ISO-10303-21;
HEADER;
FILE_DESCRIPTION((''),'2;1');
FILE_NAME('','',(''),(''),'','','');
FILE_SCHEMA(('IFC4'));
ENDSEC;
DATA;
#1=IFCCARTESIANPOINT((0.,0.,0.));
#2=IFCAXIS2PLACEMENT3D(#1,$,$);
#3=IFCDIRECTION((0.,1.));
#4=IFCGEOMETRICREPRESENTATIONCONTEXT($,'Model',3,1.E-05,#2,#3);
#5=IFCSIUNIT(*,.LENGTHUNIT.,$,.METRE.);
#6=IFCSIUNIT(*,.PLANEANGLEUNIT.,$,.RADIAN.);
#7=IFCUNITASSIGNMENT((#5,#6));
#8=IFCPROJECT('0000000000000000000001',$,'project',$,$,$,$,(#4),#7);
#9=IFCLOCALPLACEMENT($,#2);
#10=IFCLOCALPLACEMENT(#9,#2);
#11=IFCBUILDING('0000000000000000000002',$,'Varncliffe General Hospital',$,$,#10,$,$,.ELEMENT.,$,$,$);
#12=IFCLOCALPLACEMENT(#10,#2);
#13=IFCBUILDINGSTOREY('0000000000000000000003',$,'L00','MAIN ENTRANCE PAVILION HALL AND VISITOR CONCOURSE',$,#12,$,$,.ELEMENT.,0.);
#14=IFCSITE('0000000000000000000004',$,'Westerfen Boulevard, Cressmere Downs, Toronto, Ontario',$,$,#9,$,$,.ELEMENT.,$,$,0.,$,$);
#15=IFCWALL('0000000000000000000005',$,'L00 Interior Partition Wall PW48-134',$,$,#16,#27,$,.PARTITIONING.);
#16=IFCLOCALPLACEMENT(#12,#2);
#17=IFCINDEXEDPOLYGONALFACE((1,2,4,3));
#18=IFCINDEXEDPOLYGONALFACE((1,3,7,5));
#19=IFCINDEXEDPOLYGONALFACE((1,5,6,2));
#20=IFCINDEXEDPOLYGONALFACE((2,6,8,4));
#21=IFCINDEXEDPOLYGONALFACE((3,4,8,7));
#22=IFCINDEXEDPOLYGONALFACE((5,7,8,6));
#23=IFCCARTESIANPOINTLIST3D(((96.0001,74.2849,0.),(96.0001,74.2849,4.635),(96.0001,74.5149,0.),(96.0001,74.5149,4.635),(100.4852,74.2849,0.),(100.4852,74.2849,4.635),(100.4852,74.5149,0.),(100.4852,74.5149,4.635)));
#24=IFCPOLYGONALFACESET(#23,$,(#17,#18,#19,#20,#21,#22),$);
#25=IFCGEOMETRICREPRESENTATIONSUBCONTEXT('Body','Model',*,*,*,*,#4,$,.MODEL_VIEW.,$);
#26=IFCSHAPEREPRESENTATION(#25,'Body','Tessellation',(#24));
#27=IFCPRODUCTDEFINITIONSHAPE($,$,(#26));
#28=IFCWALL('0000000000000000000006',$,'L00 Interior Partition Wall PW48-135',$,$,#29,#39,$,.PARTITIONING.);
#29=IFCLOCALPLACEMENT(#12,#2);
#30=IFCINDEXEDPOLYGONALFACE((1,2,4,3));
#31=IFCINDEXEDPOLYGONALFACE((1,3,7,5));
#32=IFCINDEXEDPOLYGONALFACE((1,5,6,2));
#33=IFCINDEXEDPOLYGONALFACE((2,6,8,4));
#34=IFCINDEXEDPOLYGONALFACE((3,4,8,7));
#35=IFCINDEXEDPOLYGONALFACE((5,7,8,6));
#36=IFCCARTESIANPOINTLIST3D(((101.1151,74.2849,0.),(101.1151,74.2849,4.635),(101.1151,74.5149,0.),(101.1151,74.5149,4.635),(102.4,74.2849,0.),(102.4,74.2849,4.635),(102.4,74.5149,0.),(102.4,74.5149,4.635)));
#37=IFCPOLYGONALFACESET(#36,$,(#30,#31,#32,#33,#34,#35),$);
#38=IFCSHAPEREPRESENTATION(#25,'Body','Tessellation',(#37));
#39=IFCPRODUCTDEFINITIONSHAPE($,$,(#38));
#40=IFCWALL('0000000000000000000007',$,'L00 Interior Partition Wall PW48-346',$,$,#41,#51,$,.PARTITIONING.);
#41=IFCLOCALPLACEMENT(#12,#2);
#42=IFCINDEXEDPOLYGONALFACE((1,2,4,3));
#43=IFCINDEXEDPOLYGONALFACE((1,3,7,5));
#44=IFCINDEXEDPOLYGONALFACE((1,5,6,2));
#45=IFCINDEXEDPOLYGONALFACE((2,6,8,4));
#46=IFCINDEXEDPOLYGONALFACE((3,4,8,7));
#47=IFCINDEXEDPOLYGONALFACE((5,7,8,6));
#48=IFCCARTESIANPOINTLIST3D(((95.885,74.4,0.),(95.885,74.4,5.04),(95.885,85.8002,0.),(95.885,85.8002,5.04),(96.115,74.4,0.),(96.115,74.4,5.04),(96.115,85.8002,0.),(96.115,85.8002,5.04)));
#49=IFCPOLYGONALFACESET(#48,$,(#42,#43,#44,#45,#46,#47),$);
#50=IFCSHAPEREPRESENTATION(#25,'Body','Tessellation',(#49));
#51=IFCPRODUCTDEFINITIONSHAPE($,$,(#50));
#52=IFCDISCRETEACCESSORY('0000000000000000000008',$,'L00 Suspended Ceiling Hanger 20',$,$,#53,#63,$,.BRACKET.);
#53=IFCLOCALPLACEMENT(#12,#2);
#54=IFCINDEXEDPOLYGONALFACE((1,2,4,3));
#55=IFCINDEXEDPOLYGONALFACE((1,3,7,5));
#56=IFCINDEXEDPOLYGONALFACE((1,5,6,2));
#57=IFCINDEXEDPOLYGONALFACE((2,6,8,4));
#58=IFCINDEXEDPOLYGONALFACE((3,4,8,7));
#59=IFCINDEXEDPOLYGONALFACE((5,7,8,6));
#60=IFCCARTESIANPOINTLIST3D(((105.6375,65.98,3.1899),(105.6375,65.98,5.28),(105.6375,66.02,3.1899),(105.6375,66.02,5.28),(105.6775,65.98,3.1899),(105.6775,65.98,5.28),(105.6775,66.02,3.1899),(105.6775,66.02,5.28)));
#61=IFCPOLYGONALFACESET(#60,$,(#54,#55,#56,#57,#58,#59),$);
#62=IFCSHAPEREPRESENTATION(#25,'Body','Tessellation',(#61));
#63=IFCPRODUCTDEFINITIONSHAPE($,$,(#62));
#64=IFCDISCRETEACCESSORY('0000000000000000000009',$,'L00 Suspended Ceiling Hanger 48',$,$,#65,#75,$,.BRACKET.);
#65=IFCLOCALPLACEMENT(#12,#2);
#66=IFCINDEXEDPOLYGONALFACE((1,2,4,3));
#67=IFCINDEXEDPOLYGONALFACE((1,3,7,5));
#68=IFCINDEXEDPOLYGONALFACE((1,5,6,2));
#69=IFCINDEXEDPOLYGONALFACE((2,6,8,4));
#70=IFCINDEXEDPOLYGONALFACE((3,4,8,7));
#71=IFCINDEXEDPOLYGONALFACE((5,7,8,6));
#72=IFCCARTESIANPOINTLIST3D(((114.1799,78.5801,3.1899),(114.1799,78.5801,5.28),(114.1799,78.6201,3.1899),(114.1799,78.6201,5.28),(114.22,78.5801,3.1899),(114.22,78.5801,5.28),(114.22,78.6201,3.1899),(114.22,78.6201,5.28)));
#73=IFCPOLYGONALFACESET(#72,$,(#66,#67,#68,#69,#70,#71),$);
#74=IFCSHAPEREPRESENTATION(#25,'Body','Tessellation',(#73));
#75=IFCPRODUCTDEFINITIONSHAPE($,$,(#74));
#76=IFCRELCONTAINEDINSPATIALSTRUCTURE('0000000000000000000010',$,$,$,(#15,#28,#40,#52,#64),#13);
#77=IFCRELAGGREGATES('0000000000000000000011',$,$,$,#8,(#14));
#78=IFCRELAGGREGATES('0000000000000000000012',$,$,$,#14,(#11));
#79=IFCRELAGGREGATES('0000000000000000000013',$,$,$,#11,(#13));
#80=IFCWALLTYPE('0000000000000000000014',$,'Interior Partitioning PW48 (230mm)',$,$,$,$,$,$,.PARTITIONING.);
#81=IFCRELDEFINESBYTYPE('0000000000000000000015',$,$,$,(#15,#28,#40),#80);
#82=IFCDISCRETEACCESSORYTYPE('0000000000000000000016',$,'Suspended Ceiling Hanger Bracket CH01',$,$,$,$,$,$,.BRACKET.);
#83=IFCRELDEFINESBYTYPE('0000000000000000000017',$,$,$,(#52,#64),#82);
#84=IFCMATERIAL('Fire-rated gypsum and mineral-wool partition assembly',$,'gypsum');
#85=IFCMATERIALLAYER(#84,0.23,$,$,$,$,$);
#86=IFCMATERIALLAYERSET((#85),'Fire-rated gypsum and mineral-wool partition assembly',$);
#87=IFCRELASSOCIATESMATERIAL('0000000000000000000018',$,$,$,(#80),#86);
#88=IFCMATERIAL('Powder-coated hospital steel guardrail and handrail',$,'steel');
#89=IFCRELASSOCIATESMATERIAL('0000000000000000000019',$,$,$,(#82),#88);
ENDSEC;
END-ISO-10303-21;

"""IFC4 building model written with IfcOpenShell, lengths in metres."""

from ifc_helpers import new_model, si_unit, direction, frame, frame_2d, origin, origin_2d, place, context, subcontext, project, spatial, rectangle, extrude, material, layer, layer_set, type_object, element, save


model = new_model("IFC4")

# Units and contexts
model_context = context("Model", 3, precision=1e-05, world=origin(), true_north=direction((0.0, 1.0)))
body_context = subcontext(model_context, "Body", "Model", "MODEL_VIEW")
ifc_project = project(units=[si_unit("LENGTHUNIT", "METRE"), si_unit("PLANEANGLEUNIT", "RADIAN")], contexts=[model_context])

# Site, building, storey
site_placement = place(None, origin())
site = spatial("IfcSite", under=ifc_project, at=site_placement, Name="Westerfen Boulevard, Cressmere Downs, Toronto, Ontario", CompositionType="ELEMENT", RefElevation=0.0)
building_placement = place(site_placement, origin())
building = spatial("IfcBuilding", under=site, at=building_placement, Name="Varncliffe General Hospital", CompositionType="ELEMENT")
storey_placement = place(building_placement, origin())
storey = spatial("IfcBuildingStorey", under=building, at=storey_placement, Name="L00", Description="MAIN ENTRANCE PAVILION HALL AND VISITOR CONCOURSE", CompositionType="ELEMENT", Elevation=0.0)

# Walls
ifc_material_1 = material(Name="Fire-rated gypsum and mineral-wool partition assembly", Category="gypsum")
ifc_layer_1 = layer(ifc_material_1, 0.23)
ifc_layer_set_1 = layer_set([ifc_layer_1], Name="Fire-rated gypsum and mineral-wool partition assembly")
wall_type_1 = type_object("IfcWallType", Name="Interior Partitioning PW48 (230mm)", PredefinedType="PARTITIONING", material=ifc_layer_set_1)
wall_1_placement = place(storey_placement, frame((96.0, 74.3999, 0.0), z_axis=(0.0, 0.0, 1.0), x_axis=(1.0, 0.0, 0.0)))
element("IfcWall", 1, at=wall_1_placement, inside=storey, type_object=wall_type_1, Name="L00 Interior Partition Wall PW48-134", PredefinedType="PARTITIONING", context=body_context, shape_type="SweptSolid", body=[
    extrude(rectangle(XDim=4.4851, YDim=0.23, at=frame_2d((2.2427, 0.0))), origin(), (0.0, 0.0, 1.0), 4.635),
])
wall_2_placement = place(storey_placement, frame((101.115, 74.3999, 0.0), z_axis=(0.0, 0.0, 1.0), x_axis=(1.0, 0.0, 0.0)))
element("IfcWall", 2, at=wall_2_placement, inside=storey, type_object=wall_type_1, Name="L00 Interior Partition Wall PW48-135", PredefinedType="PARTITIONING", context=body_context, shape_type="SweptSolid", body=[
    extrude(rectangle(XDim=1.2849, YDim=0.23, at=frame_2d((0.6426, 0.0))), origin(), (0.0, 0.0, 1.0), 4.635),
])
wall_3_placement = place(storey_placement, frame((96.0, 74.3999, 0.0), z_axis=(0.0, 0.0, 1.0), x_axis=(0.0, 1.0, 0.0)))
element("IfcWall", 3, at=wall_3_placement, inside=storey, type_object=wall_type_1, Name="L00 Interior Partition Wall PW48-346", PredefinedType="PARTITIONING", context=body_context, shape_type="SweptSolid", body=[
    extrude(rectangle(XDim=11.4001, YDim=0.23, at=frame_2d((5.7002, 0.0))), origin(), (0.0, 0.0, 1.0), 5.04),
])

# Discrete accessories
ifc_material_2 = material(Name="Powder-coated hospital steel guardrail and handrail", Category="steel")
discrete_accessory_type = type_object("IfcDiscreteAccessoryType", Name="Suspended Ceiling Hanger Bracket CH01", PredefinedType="BRACKET", material=ifc_material_2)
for number, where, z_axis, x_axis, name in (
    (4, (105.6575, 66.0, 3.1899), (0.0, 0.0, 1.0), (1.0, 0.0, 0.0), "L00 Suspended Ceiling Hanger 20"),
    (5, (114.2, 78.6001, 3.1899), (0.0, 0.0, 1.0), (1.0, 0.0, 0.0), "L00 Suspended Ceiling Hanger 48"),
):
    element("IfcDiscreteAccessory", number, at=place(storey_placement, frame(where, z_axis=z_axis, x_axis=x_axis)), inside=storey, type_object=discrete_accessory_type, Name=name, PredefinedType="BRACKET", context=body_context, shape_type="SweptSolid", body=[
        extrude(rectangle(XDim=0.04, YDim=0.04, at=origin_2d()), origin(), (0.0, 0.0, 1.0), 2.0901),
    ])

save(model, "model.ifc")
